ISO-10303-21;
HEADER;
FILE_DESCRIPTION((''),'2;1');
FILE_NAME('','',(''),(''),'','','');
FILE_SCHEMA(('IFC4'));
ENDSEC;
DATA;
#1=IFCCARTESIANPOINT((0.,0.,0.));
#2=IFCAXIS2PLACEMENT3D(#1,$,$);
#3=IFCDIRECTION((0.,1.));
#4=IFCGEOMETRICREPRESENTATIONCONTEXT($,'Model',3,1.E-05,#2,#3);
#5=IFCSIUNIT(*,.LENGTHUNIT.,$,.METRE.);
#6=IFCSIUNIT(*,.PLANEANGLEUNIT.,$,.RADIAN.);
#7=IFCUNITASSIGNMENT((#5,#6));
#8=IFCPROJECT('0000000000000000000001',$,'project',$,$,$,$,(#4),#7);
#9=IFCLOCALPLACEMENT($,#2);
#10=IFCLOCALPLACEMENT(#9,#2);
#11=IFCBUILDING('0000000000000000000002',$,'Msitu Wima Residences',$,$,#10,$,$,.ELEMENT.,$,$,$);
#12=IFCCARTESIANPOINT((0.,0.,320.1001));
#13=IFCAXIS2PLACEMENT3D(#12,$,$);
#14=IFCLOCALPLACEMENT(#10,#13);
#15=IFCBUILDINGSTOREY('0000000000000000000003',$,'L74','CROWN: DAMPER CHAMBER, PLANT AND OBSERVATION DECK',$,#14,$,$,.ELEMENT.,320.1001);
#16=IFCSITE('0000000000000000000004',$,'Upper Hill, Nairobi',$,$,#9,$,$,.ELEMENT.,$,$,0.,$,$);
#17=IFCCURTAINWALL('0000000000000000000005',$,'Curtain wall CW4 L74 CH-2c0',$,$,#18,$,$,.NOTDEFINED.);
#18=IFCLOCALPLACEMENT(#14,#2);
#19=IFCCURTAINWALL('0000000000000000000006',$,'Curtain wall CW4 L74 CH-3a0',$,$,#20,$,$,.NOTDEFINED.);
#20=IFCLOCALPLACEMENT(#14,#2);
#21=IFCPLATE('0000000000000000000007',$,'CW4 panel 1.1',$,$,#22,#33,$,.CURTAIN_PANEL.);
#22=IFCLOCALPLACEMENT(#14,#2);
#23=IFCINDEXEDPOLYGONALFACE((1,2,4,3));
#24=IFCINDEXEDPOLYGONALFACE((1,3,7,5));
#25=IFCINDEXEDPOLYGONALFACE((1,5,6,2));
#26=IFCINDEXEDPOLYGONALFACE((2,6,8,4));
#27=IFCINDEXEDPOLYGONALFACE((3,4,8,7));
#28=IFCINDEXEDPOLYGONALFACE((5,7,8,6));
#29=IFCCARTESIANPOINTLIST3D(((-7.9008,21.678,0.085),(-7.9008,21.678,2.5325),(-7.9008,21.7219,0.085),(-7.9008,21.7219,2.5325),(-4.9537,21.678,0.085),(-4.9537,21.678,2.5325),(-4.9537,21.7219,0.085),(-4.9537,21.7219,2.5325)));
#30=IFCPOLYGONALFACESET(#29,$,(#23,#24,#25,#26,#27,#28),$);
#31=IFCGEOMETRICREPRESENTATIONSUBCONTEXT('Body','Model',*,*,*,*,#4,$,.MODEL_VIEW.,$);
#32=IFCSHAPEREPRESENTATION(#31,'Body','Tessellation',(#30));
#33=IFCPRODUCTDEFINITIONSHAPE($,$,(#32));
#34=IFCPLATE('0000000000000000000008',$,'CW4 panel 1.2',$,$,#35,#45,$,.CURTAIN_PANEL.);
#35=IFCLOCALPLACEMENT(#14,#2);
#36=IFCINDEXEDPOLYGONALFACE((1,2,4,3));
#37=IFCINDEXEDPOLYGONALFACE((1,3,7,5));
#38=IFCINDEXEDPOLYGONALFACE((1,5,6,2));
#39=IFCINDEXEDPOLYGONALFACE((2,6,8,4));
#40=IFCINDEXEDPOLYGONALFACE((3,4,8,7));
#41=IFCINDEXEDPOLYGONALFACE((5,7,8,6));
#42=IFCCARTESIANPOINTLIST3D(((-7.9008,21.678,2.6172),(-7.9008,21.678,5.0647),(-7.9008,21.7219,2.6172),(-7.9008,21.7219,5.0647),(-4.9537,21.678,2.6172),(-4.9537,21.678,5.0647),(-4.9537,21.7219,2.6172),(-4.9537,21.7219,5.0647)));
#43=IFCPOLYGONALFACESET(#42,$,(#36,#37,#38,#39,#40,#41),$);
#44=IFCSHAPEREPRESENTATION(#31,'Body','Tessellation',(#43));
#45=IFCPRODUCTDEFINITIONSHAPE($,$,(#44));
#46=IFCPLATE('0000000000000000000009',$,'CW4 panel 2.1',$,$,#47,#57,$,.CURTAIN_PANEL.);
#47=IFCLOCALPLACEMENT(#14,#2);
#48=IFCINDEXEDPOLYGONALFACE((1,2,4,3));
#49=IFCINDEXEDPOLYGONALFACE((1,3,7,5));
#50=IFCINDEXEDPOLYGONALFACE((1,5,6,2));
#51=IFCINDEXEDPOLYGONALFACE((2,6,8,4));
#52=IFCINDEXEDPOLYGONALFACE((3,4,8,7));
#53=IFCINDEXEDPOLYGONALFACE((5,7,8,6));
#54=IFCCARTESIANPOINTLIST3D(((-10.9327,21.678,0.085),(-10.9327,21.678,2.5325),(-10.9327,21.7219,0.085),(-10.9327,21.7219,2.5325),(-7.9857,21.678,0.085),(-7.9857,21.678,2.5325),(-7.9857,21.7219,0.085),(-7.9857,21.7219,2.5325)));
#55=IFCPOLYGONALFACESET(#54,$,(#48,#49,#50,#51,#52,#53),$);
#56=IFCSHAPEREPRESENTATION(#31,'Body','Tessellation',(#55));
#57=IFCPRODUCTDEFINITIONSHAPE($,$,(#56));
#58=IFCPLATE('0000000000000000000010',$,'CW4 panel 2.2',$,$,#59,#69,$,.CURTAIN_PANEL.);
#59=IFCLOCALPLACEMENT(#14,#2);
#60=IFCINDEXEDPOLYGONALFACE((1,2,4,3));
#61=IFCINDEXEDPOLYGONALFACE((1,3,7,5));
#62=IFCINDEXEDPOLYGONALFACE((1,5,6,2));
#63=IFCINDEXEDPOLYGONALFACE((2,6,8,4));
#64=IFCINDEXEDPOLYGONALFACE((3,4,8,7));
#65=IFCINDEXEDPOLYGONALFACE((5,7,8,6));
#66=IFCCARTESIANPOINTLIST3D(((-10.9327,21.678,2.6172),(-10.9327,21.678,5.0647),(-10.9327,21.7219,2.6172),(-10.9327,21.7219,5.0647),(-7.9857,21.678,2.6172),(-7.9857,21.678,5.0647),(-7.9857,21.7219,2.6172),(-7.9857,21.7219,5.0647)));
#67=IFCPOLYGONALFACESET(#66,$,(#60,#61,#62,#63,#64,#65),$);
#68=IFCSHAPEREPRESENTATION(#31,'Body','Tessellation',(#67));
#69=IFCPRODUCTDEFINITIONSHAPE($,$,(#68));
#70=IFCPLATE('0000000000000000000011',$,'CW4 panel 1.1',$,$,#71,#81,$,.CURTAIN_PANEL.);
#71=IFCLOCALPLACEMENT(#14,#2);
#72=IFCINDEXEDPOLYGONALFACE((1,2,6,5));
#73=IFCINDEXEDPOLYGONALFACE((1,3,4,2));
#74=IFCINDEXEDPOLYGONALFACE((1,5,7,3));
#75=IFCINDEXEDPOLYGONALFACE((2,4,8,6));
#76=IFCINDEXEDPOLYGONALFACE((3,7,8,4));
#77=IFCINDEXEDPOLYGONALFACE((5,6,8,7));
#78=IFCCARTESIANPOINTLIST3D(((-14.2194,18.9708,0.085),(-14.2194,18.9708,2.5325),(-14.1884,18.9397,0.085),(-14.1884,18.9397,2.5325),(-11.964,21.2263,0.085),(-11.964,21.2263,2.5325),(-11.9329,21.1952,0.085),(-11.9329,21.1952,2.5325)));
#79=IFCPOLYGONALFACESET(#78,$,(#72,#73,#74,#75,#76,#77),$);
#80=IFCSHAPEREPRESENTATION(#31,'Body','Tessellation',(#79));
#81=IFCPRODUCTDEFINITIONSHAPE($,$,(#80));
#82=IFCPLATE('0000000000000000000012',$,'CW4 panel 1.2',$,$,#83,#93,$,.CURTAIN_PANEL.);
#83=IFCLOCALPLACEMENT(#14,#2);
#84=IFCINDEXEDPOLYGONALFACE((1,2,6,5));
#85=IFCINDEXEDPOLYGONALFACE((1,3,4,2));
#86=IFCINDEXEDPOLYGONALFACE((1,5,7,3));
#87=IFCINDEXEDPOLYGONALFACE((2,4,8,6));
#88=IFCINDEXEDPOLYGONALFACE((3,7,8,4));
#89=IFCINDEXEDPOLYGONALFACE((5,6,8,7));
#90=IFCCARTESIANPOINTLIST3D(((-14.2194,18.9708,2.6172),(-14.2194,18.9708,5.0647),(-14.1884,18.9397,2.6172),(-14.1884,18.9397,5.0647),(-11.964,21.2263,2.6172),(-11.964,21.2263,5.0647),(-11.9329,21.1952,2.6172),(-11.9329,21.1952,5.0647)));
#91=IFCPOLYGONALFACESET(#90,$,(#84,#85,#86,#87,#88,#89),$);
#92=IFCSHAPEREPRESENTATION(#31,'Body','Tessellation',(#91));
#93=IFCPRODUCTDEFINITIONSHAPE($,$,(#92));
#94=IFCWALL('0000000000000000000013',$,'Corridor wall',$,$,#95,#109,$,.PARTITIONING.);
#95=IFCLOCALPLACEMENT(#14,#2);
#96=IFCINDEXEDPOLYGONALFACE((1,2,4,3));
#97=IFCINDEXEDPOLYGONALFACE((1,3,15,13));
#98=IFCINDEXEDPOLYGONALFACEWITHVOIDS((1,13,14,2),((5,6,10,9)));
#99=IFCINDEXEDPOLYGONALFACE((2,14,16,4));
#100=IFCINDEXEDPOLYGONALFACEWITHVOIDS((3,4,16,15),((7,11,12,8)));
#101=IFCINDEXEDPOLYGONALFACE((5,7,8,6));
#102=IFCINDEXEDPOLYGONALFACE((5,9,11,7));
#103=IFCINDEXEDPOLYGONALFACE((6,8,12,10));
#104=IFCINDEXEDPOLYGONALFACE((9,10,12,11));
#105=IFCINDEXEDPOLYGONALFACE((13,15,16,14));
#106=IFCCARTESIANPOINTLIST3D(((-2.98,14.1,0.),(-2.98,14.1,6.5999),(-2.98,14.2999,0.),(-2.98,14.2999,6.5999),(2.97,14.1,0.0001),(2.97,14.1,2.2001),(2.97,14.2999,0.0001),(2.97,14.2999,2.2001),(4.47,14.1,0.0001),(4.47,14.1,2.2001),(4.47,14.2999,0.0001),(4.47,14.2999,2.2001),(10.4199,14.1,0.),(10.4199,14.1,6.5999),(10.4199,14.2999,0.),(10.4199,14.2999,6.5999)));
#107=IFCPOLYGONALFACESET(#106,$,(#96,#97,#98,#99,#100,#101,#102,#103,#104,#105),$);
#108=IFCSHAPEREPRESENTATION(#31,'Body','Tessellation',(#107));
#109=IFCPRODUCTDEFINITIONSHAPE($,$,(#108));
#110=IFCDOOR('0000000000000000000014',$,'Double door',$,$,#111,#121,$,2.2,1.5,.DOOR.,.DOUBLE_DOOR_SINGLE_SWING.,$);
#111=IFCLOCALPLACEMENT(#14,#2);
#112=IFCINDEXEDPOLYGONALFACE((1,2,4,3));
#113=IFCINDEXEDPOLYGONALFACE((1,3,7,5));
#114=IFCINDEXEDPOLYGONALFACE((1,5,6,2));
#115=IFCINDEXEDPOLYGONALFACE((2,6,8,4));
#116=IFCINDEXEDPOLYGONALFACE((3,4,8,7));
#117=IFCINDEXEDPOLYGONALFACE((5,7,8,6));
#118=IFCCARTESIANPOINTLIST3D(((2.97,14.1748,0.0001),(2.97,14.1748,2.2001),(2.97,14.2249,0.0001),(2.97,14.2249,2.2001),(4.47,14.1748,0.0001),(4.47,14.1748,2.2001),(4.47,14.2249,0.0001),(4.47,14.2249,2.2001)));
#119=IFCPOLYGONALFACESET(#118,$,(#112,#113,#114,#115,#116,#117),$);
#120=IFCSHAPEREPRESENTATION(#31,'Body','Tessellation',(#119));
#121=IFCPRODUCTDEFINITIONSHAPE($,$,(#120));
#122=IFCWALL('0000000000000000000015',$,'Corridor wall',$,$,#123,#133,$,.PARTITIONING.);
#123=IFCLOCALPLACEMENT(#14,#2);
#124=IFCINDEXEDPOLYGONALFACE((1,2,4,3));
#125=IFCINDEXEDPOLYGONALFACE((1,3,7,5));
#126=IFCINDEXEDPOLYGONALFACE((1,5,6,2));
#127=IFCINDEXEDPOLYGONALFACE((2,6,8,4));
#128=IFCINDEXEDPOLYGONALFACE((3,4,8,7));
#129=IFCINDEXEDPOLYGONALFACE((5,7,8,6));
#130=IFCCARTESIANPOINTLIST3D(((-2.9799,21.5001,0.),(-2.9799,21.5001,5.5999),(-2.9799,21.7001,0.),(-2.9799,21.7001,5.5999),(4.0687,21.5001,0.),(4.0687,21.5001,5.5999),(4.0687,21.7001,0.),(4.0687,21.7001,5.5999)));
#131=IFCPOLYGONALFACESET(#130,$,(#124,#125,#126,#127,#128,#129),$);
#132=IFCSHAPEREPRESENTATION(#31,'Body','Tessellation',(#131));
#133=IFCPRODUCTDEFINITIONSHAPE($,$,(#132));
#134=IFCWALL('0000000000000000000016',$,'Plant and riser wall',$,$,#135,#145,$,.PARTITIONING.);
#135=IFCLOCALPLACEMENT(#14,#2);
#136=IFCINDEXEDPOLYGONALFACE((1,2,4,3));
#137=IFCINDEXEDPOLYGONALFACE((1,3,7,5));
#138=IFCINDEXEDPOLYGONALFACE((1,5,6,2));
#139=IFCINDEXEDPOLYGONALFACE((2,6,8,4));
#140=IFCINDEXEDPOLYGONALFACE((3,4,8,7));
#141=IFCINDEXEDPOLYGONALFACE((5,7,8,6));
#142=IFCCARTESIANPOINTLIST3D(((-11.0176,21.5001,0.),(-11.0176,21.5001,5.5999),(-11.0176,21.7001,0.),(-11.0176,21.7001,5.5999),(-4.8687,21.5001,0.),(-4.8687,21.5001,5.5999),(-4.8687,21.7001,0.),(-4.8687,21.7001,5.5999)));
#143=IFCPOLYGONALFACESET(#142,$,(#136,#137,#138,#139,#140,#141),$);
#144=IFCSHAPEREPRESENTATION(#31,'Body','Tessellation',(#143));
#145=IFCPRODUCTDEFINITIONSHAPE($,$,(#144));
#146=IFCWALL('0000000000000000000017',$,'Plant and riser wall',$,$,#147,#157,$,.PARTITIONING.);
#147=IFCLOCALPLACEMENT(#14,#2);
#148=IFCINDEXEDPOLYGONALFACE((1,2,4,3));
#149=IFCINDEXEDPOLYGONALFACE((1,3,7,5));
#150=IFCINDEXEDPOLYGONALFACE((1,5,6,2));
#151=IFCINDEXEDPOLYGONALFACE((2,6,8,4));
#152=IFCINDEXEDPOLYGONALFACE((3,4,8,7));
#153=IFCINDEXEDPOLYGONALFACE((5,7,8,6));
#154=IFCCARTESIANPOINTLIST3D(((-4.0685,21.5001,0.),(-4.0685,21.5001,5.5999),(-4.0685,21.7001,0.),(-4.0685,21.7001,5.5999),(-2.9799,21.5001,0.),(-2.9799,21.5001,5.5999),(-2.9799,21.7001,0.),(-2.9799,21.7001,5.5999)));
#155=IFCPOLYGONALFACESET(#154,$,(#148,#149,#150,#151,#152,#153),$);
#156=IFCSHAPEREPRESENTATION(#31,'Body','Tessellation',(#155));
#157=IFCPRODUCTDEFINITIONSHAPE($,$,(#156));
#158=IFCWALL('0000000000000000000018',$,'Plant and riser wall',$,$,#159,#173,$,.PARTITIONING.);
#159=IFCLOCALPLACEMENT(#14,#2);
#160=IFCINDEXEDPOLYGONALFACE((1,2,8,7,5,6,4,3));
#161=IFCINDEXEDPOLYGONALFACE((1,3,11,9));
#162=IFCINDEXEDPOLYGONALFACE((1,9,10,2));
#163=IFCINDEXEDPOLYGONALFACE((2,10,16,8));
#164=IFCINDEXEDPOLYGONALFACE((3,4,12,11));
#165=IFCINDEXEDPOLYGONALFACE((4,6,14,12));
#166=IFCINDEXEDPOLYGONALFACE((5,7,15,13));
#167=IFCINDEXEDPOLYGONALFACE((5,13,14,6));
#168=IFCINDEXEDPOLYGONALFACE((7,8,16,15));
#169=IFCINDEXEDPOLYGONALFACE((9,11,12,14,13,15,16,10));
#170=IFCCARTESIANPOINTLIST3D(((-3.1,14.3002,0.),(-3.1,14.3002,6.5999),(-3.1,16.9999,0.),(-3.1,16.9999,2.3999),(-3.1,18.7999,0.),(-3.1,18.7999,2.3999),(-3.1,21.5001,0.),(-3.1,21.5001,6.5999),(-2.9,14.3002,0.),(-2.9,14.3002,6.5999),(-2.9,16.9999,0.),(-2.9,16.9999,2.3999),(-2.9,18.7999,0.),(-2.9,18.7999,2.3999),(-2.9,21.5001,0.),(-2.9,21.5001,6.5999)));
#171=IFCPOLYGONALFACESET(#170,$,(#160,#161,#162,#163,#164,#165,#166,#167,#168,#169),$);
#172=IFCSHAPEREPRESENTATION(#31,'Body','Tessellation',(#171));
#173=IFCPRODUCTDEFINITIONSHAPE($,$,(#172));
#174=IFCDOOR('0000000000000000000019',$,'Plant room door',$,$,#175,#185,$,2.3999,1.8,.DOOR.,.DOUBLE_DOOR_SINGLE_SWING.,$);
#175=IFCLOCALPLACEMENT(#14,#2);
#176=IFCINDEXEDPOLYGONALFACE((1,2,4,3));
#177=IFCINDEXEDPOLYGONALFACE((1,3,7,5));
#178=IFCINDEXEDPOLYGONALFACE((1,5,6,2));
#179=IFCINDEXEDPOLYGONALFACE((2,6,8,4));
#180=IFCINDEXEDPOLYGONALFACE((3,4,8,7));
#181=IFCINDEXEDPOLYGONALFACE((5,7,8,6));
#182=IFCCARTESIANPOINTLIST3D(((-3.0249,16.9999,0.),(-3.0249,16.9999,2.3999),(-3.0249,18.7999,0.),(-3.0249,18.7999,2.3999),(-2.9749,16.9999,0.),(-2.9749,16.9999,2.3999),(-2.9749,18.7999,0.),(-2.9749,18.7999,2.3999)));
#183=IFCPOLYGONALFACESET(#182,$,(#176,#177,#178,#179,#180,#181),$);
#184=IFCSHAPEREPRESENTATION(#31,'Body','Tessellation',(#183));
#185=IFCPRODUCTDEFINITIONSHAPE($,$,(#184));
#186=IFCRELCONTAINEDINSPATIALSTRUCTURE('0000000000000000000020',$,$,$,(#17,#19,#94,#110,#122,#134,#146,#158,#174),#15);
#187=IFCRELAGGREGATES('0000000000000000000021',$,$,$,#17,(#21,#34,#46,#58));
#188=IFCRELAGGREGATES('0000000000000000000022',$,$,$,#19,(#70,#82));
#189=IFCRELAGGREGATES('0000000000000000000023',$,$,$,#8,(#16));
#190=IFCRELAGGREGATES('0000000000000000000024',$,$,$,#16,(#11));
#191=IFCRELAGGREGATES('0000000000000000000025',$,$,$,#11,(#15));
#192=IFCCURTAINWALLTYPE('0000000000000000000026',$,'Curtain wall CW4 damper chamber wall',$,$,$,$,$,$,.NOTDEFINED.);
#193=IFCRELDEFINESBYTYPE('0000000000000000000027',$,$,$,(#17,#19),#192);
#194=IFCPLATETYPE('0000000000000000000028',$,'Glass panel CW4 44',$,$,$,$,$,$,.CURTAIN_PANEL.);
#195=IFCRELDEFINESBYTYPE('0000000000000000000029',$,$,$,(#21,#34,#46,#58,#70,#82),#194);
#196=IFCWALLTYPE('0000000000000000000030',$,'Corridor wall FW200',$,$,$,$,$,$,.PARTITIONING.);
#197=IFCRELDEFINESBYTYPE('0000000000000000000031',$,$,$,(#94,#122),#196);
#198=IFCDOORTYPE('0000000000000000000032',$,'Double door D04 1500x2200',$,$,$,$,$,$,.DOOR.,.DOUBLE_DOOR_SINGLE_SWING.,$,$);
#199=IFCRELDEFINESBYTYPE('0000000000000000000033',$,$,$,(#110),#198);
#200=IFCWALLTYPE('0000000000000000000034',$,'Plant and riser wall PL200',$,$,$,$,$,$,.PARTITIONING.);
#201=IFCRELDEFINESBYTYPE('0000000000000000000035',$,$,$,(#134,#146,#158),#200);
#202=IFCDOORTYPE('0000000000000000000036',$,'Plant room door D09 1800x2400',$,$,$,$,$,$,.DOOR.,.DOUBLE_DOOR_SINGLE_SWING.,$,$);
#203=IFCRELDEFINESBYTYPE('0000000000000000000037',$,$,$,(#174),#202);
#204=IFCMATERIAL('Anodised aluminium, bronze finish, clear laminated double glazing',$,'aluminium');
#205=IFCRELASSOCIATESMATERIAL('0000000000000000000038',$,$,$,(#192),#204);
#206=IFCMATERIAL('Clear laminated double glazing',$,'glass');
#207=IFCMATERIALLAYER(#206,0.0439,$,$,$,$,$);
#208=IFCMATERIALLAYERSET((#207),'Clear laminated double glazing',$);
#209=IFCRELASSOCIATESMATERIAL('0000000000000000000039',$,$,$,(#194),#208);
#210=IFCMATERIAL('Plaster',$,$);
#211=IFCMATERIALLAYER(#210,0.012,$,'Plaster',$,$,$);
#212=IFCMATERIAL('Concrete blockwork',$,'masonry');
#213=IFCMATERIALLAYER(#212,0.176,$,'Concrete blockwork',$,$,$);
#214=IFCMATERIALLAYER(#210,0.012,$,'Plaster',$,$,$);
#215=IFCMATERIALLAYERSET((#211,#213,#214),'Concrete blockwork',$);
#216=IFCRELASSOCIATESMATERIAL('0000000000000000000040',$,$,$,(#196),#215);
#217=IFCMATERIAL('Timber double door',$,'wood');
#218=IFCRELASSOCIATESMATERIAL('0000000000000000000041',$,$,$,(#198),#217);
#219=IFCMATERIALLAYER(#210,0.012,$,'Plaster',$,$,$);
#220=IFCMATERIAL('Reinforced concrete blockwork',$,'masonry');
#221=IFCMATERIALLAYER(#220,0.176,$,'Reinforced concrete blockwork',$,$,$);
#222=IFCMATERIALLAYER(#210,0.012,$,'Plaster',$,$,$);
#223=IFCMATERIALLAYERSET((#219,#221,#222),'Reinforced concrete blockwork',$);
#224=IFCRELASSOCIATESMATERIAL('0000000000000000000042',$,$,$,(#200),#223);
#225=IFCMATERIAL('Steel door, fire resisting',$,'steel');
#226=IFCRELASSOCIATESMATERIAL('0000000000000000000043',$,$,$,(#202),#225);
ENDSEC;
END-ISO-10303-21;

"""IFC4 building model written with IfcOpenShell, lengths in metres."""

from ifc_helpers import new_model, si_unit, direction, frame, frame_2d, origin, origin_2d, place, context, subcontext, project, spatial, rectangle, extrude, material, layer, layer_set, type_object, element, fill, aggregate, save


model = new_model("IFC4")

# Units and contexts
model_context = context("Model", 3, precision=1e-05, world=origin(), true_north=direction((0.0, 1.0)))
body_context = subcontext(model_context, "Body", "Model", "MODEL_VIEW")
ifc_project = project(units=[si_unit("LENGTHUNIT", "METRE"), si_unit("PLANEANGLEUNIT", "RADIAN")], contexts=[model_context])

# Site, building, storey
site_placement = place(None, origin())
site = spatial("IfcSite", under=ifc_project, at=site_placement, Name="Upper Hill, Nairobi", CompositionType="ELEMENT", RefElevation=0.0)
building_placement = place(site_placement, origin())
building = spatial("IfcBuilding", under=site, at=building_placement, Name="Msitu Wima Residences", CompositionType="ELEMENT")
storey_placement = place(building_placement, frame((0.0, 0.0, 320.1001)))
storey = spatial("IfcBuildingStorey", under=building, at=storey_placement, Name="L74", Description="CROWN: DAMPER CHAMBER, PLANT AND OBSERVATION DECK", CompositionType="ELEMENT", Elevation=320.1001)

# Curtain wall
ifc_material_1 = material(Name="Anodised aluminium, bronze finish, clear laminated double glazing", Category="aluminium")
curtain_wall_type = type_object("IfcCurtainWallType", Name="Curtain wall CW4 damper chamber wall", PredefinedType="NOTDEFINED", material=ifc_material_1)
curtain_wall_1_placement = place(storey_placement, origin())
curtain_wall_1 = element("IfcCurtainWall", 1, at=curtain_wall_1_placement, inside=storey, type_object=curtain_wall_type, Name="Curtain wall CW4 L74 CH-2c0", PredefinedType="NOTDEFINED")

# Curtain wall
curtain_wall_2_placement = place(storey_placement, origin())
curtain_wall_2 = element("IfcCurtainWall", 2, at=curtain_wall_2_placement, inside=storey, type_object=curtain_wall_type, Name="Curtain wall CW4 L74 CH-3a0", PredefinedType="NOTDEFINED")

# Plates
ifc_material_2 = material(Name="Clear laminated double glazing", Category="glass")
ifc_layer_1 = layer(ifc_material_2, 0.0439)
ifc_layer_set_1 = layer_set([ifc_layer_1], Name="Clear laminated double glazing")
plate_type = type_object("IfcPlateType", Name="Glass panel CW4 44", PredefinedType="CURTAIN_PANEL", material=ifc_layer_set_1)
plate_1_placement = place(storey_placement, frame((-6.4272, 21.7, 0.085), z_axis=(0.0, 0.0, 1.0), x_axis=(-1.0, 0.0, 0.0)))
plate_1 = element("IfcPlate", 3, at=plate_1_placement, type_object=plate_type, Name="CW4 panel 1.1", PredefinedType="CURTAIN_PANEL", context=body_context, shape_type="SweptSolid", body=[
    extrude(rectangle(XDim=2.947, YDim=0.0439, at=origin_2d()), origin(), (0.0, 0.0, 1.0), 2.4475),
])
plate_2_placement = place(storey_placement, frame((-6.4272, 21.7, 2.6172), z_axis=(0.0, 0.0, 1.0), x_axis=(-1.0, 0.0, 0.0)))
plate_2 = element("IfcPlate", 4, at=plate_2_placement, type_object=plate_type, Name="CW4 panel 1.2", PredefinedType="CURTAIN_PANEL", context=body_context, shape_type="SweptSolid", body=[
    extrude(rectangle(XDim=2.947, YDim=0.0439, at=origin_2d()), origin(), (0.0, 0.0, 1.0), 2.4475),
])
plate_3_placement = place(storey_placement, frame((-9.4592, 21.7, 0.085), z_axis=(0.0, 0.0, 1.0), x_axis=(-1.0, 0.0, 0.0)))
plate_3 = element("IfcPlate", 5, at=plate_3_placement, type_object=plate_type, Name="CW4 panel 2.1", PredefinedType="CURTAIN_PANEL", context=body_context, shape_type="SweptSolid", body=[
    extrude(rectangle(XDim=2.947, YDim=0.0439, at=origin_2d()), origin(), (0.0, 0.0, 1.0), 2.4475),
])
plate_4_placement = place(storey_placement, frame((-9.4592, 21.7, 2.6172), z_axis=(0.0, 0.0, 1.0), x_axis=(-1.0, 0.0, 0.0)))
plate_4 = element("IfcPlate", 6, at=plate_4_placement, type_object=plate_type, Name="CW4 panel 2.2", PredefinedType="CURTAIN_PANEL", context=body_context, shape_type="SweptSolid", body=[
    extrude(rectangle(XDim=2.947, YDim=0.0439, at=origin_2d()), origin(), (0.0, 0.0, 1.0), 2.4475),
])
aggregate(curtain_wall_1, [plate_1, plate_2, plate_3, plate_4])
plate_5_placement = place(storey_placement, frame((-13.0762, 20.083, 0.085), z_axis=(0.0, 0.0, 1.0), x_axis=(-0.707107, -0.707107, 0.0)))
plate_5 = element("IfcPlate", 7, at=plate_5_placement, type_object=plate_type, Name="CW4 panel 1.1", PredefinedType="CURTAIN_PANEL", context=body_context, shape_type="SweptSolid", body=[
    extrude(rectangle(XDim=3.1897, YDim=0.0439, at=origin_2d()), origin(), (0.0, 0.0, 1.0), 2.4475),
])
plate_6_placement = place(storey_placement, frame((-13.0762, 20.083, 2.6172), z_axis=(0.0, 0.0, 1.0), x_axis=(-0.707107, -0.707107, 0.0)))
plate_6 = element("IfcPlate", 8, at=plate_6_placement, type_object=plate_type, Name="CW4 panel 1.2", PredefinedType="CURTAIN_PANEL", context=body_context, shape_type="SweptSolid", body=[
    extrude(rectangle(XDim=3.1897, YDim=0.0439, at=origin_2d()), origin(), (0.0, 0.0, 1.0), 2.4475),
])
aggregate(curtain_wall_2, [plate_5, plate_6])

# Wall, opening, door
ifc_material_3 = material(Name="Plaster")
ifc_layer_2 = layer(ifc_material_3, 0.012, Name="Plaster")
ifc_material_4 = material(Name="Concrete blockwork", Category="masonry")
ifc_layer_3 = layer(ifc_material_4, 0.176, Name="Concrete blockwork")
ifc_layer_4 = layer(ifc_material_3, 0.012, Name="Plaster")
ifc_layer_set_2 = layer_set([ifc_layer_2, ifc_layer_3, ifc_layer_4], Name="Concrete blockwork")
wall_type_1 = type_object("IfcWallType", Name="Corridor wall FW200", PredefinedType="PARTITIONING", material=ifc_layer_set_2)
wall_1_placement = place(storey_placement, frame((-2.98, 14.2, 0.0), z_axis=(0.0, 0.0, 1.0), x_axis=(1.0, 0.0, 0.0)))
wall_1 = element("IfcWall", 9, at=wall_1_placement, inside=storey, type_object=wall_type_1, Name="Corridor wall", PredefinedType="PARTITIONING", context=body_context, shape_type="SweptSolid", body=[
    extrude(rectangle(XDim=13.3999, YDim=0.2, at=frame_2d((6.7, 0.0))), origin(), (0.0, 0.0, 1.0), 6.5999),
])
opening_1_placement = place(wall_1_placement, frame((5.95, 0.0, 0.0)))
opening_1 = element("IfcOpeningElement", 10, at=opening_1_placement, cuts=wall_1, PredefinedType="OPENING", context=body_context, shape_type="SweptSolid", body=[
    extrude(rectangle(XDim=1.5, YDim=2.2, at=frame_2d((0.75, 1.1001))), frame((0.0, 0.1099, 0.0), z_axis=(0.0, -1.0, 0.0), x_axis=(1.0, 0.0, 0.0)), (0.0, 0.0, 1.0), 0.22),
])
ifc_material_5 = material(Name="Timber double door", Category="wood")
door_type_1 = type_object("IfcDoorType", Name="Double door D04 1500x2200", OperationType="DOUBLE_DOOR_SINGLE_SWING", PredefinedType="DOOR", material=ifc_material_5)
door_1_placement = place(opening_1_placement, origin())
door_1 = element("IfcDoor", 11, at=door_1_placement, inside=storey, type_object=door_type_1, Name="Double door", OperationType="DOUBLE_DOOR_SINGLE_SWING", OverallHeight=2.2, OverallWidth=1.5, PredefinedType="DOOR", context=body_context, shape_type="SweptSolid", body=[
    extrude(rectangle(XDim=1.5, YDim=2.2, at=frame_2d((0.75, 1.1001))), frame((0.0, 0.0249, 0.0), z_axis=(0.0, -1.0, 0.0), x_axis=(1.0, 0.0, 0.0)), (0.0, 0.0, 1.0), 0.05),
])
fill(opening_1, door_1)

# Walls
wall_2_placement = place(storey_placement, frame((-2.98, 21.6001, 0.0), z_axis=(0.0, 0.0, 1.0), x_axis=(1.0, 0.0, 0.0)))
element("IfcWall", 12, at=wall_2_placement, inside=storey, type_object=wall_type_1, Name="Corridor wall", PredefinedType="PARTITIONING", context=body_context, shape_type="SweptSolid", body=[
    extrude(rectangle(XDim=7.0486, YDim=0.2, at=frame_2d((3.5244, 0.0))), origin(), (0.0, 0.0, 1.0), 5.5999),
])
ifc_layer_5 = layer(ifc_material_3, 0.012, Name="Plaster")
ifc_material_6 = material(Name="Reinforced concrete blockwork", Category="masonry")
ifc_layer_6 = layer(ifc_material_6, 0.176, Name="Reinforced concrete blockwork")
ifc_layer_7 = layer(ifc_material_3, 0.012, Name="Plaster")
ifc_layer_set_3 = layer_set([ifc_layer_5, ifc_layer_6, ifc_layer_7], Name="Reinforced concrete blockwork")
wall_type_2 = type_object("IfcWallType", Name="Plant and riser wall PL200", PredefinedType="PARTITIONING", material=ifc_layer_set_3)
wall_3_placement = place(storey_placement, frame((-11.0176, 21.6001, 0.0), z_axis=(0.0, 0.0, 1.0), x_axis=(1.0, 0.0, 0.0)))
element("IfcWall", 13, at=wall_3_placement, inside=storey, type_object=wall_type_2, Name="Plant and riser wall", PredefinedType="PARTITIONING", context=body_context, shape_type="SweptSolid", body=[
    extrude(rectangle(XDim=6.1489, YDim=0.2, at=frame_2d((3.0745, 0.0))), origin(), (0.0, 0.0, 1.0), 5.5999),
])
wall_4_placement = place(storey_placement, frame((-4.0686, 21.6001, 0.0), z_axis=(0.0, 0.0, 1.0), x_axis=(1.0, 0.0, 0.0)))
element("IfcWall", 14, at=wall_4_placement, inside=storey, type_object=wall_type_2, Name="Plant and riser wall", PredefinedType="PARTITIONING", context=body_context, shape_type="SweptSolid", body=[
    extrude(rectangle(XDim=1.0886, YDim=0.2, at=frame_2d((0.5444, 0.0))), origin(), (0.0, 0.0, 1.0), 5.5999),
])

# Wall, opening, door
wall_5_placement = place(storey_placement, frame((-3.0, 14.3, 0.0), z_axis=(0.0, 0.0, 1.0), x_axis=(0.0, 1.0, 0.0)))
wall_5 = element("IfcWall", 15, at=wall_5_placement, inside=storey, type_object=wall_type_2, Name="Plant and riser wall", PredefinedType="PARTITIONING", context=body_context, shape_type="SweptSolid", body=[
    extrude(rectangle(XDim=7.2, YDim=0.2, at=frame_2d((3.6001, 0.0))), origin(), (0.0, 0.0, 1.0), 6.5999),
])
opening_2_placement = place(wall_5_placement, frame((2.7, 0.0, 0.0)))
opening_2 = element("IfcOpeningElement", 16, at=opening_2_placement, cuts=wall_5, PredefinedType="OPENING", context=body_context, shape_type="SweptSolid", body=[
    extrude(rectangle(XDim=1.8, YDim=2.3999, at=frame_2d((0.8999, 1.2))), frame((0.0, 0.1099, 0.0), z_axis=(0.0, -1.0, 0.0), x_axis=(1.0, 0.0, 0.0)), (0.0, 0.0, 1.0), 0.22),
])
ifc_material_7 = material(Name="Steel door, fire resisting", Category="steel")
door_type_2 = type_object("IfcDoorType", Name="Plant room door D09 1800x2400", OperationType="DOUBLE_DOOR_SINGLE_SWING", PredefinedType="DOOR", material=ifc_material_7)
door_2_placement = place(opening_2_placement, origin())
door_2 = element("IfcDoor", 17, at=door_2_placement, inside=storey, type_object=door_type_2, Name="Plant room door", OperationType="DOUBLE_DOOR_SINGLE_SWING", OverallHeight=2.3999, OverallWidth=1.8, PredefinedType="DOOR", context=body_context, shape_type="SweptSolid", body=[
    extrude(rectangle(XDim=1.8, YDim=2.3999, at=frame_2d((0.8999, 1.2))), frame((0.0, 0.0249, 0.0), z_axis=(0.0, -1.0, 0.0), x_axis=(1.0, 0.0, 0.0)), (0.0, 0.0, 1.0), 0.05),
])
fill(opening_2, door_2)

save(model, "model.ifc")
